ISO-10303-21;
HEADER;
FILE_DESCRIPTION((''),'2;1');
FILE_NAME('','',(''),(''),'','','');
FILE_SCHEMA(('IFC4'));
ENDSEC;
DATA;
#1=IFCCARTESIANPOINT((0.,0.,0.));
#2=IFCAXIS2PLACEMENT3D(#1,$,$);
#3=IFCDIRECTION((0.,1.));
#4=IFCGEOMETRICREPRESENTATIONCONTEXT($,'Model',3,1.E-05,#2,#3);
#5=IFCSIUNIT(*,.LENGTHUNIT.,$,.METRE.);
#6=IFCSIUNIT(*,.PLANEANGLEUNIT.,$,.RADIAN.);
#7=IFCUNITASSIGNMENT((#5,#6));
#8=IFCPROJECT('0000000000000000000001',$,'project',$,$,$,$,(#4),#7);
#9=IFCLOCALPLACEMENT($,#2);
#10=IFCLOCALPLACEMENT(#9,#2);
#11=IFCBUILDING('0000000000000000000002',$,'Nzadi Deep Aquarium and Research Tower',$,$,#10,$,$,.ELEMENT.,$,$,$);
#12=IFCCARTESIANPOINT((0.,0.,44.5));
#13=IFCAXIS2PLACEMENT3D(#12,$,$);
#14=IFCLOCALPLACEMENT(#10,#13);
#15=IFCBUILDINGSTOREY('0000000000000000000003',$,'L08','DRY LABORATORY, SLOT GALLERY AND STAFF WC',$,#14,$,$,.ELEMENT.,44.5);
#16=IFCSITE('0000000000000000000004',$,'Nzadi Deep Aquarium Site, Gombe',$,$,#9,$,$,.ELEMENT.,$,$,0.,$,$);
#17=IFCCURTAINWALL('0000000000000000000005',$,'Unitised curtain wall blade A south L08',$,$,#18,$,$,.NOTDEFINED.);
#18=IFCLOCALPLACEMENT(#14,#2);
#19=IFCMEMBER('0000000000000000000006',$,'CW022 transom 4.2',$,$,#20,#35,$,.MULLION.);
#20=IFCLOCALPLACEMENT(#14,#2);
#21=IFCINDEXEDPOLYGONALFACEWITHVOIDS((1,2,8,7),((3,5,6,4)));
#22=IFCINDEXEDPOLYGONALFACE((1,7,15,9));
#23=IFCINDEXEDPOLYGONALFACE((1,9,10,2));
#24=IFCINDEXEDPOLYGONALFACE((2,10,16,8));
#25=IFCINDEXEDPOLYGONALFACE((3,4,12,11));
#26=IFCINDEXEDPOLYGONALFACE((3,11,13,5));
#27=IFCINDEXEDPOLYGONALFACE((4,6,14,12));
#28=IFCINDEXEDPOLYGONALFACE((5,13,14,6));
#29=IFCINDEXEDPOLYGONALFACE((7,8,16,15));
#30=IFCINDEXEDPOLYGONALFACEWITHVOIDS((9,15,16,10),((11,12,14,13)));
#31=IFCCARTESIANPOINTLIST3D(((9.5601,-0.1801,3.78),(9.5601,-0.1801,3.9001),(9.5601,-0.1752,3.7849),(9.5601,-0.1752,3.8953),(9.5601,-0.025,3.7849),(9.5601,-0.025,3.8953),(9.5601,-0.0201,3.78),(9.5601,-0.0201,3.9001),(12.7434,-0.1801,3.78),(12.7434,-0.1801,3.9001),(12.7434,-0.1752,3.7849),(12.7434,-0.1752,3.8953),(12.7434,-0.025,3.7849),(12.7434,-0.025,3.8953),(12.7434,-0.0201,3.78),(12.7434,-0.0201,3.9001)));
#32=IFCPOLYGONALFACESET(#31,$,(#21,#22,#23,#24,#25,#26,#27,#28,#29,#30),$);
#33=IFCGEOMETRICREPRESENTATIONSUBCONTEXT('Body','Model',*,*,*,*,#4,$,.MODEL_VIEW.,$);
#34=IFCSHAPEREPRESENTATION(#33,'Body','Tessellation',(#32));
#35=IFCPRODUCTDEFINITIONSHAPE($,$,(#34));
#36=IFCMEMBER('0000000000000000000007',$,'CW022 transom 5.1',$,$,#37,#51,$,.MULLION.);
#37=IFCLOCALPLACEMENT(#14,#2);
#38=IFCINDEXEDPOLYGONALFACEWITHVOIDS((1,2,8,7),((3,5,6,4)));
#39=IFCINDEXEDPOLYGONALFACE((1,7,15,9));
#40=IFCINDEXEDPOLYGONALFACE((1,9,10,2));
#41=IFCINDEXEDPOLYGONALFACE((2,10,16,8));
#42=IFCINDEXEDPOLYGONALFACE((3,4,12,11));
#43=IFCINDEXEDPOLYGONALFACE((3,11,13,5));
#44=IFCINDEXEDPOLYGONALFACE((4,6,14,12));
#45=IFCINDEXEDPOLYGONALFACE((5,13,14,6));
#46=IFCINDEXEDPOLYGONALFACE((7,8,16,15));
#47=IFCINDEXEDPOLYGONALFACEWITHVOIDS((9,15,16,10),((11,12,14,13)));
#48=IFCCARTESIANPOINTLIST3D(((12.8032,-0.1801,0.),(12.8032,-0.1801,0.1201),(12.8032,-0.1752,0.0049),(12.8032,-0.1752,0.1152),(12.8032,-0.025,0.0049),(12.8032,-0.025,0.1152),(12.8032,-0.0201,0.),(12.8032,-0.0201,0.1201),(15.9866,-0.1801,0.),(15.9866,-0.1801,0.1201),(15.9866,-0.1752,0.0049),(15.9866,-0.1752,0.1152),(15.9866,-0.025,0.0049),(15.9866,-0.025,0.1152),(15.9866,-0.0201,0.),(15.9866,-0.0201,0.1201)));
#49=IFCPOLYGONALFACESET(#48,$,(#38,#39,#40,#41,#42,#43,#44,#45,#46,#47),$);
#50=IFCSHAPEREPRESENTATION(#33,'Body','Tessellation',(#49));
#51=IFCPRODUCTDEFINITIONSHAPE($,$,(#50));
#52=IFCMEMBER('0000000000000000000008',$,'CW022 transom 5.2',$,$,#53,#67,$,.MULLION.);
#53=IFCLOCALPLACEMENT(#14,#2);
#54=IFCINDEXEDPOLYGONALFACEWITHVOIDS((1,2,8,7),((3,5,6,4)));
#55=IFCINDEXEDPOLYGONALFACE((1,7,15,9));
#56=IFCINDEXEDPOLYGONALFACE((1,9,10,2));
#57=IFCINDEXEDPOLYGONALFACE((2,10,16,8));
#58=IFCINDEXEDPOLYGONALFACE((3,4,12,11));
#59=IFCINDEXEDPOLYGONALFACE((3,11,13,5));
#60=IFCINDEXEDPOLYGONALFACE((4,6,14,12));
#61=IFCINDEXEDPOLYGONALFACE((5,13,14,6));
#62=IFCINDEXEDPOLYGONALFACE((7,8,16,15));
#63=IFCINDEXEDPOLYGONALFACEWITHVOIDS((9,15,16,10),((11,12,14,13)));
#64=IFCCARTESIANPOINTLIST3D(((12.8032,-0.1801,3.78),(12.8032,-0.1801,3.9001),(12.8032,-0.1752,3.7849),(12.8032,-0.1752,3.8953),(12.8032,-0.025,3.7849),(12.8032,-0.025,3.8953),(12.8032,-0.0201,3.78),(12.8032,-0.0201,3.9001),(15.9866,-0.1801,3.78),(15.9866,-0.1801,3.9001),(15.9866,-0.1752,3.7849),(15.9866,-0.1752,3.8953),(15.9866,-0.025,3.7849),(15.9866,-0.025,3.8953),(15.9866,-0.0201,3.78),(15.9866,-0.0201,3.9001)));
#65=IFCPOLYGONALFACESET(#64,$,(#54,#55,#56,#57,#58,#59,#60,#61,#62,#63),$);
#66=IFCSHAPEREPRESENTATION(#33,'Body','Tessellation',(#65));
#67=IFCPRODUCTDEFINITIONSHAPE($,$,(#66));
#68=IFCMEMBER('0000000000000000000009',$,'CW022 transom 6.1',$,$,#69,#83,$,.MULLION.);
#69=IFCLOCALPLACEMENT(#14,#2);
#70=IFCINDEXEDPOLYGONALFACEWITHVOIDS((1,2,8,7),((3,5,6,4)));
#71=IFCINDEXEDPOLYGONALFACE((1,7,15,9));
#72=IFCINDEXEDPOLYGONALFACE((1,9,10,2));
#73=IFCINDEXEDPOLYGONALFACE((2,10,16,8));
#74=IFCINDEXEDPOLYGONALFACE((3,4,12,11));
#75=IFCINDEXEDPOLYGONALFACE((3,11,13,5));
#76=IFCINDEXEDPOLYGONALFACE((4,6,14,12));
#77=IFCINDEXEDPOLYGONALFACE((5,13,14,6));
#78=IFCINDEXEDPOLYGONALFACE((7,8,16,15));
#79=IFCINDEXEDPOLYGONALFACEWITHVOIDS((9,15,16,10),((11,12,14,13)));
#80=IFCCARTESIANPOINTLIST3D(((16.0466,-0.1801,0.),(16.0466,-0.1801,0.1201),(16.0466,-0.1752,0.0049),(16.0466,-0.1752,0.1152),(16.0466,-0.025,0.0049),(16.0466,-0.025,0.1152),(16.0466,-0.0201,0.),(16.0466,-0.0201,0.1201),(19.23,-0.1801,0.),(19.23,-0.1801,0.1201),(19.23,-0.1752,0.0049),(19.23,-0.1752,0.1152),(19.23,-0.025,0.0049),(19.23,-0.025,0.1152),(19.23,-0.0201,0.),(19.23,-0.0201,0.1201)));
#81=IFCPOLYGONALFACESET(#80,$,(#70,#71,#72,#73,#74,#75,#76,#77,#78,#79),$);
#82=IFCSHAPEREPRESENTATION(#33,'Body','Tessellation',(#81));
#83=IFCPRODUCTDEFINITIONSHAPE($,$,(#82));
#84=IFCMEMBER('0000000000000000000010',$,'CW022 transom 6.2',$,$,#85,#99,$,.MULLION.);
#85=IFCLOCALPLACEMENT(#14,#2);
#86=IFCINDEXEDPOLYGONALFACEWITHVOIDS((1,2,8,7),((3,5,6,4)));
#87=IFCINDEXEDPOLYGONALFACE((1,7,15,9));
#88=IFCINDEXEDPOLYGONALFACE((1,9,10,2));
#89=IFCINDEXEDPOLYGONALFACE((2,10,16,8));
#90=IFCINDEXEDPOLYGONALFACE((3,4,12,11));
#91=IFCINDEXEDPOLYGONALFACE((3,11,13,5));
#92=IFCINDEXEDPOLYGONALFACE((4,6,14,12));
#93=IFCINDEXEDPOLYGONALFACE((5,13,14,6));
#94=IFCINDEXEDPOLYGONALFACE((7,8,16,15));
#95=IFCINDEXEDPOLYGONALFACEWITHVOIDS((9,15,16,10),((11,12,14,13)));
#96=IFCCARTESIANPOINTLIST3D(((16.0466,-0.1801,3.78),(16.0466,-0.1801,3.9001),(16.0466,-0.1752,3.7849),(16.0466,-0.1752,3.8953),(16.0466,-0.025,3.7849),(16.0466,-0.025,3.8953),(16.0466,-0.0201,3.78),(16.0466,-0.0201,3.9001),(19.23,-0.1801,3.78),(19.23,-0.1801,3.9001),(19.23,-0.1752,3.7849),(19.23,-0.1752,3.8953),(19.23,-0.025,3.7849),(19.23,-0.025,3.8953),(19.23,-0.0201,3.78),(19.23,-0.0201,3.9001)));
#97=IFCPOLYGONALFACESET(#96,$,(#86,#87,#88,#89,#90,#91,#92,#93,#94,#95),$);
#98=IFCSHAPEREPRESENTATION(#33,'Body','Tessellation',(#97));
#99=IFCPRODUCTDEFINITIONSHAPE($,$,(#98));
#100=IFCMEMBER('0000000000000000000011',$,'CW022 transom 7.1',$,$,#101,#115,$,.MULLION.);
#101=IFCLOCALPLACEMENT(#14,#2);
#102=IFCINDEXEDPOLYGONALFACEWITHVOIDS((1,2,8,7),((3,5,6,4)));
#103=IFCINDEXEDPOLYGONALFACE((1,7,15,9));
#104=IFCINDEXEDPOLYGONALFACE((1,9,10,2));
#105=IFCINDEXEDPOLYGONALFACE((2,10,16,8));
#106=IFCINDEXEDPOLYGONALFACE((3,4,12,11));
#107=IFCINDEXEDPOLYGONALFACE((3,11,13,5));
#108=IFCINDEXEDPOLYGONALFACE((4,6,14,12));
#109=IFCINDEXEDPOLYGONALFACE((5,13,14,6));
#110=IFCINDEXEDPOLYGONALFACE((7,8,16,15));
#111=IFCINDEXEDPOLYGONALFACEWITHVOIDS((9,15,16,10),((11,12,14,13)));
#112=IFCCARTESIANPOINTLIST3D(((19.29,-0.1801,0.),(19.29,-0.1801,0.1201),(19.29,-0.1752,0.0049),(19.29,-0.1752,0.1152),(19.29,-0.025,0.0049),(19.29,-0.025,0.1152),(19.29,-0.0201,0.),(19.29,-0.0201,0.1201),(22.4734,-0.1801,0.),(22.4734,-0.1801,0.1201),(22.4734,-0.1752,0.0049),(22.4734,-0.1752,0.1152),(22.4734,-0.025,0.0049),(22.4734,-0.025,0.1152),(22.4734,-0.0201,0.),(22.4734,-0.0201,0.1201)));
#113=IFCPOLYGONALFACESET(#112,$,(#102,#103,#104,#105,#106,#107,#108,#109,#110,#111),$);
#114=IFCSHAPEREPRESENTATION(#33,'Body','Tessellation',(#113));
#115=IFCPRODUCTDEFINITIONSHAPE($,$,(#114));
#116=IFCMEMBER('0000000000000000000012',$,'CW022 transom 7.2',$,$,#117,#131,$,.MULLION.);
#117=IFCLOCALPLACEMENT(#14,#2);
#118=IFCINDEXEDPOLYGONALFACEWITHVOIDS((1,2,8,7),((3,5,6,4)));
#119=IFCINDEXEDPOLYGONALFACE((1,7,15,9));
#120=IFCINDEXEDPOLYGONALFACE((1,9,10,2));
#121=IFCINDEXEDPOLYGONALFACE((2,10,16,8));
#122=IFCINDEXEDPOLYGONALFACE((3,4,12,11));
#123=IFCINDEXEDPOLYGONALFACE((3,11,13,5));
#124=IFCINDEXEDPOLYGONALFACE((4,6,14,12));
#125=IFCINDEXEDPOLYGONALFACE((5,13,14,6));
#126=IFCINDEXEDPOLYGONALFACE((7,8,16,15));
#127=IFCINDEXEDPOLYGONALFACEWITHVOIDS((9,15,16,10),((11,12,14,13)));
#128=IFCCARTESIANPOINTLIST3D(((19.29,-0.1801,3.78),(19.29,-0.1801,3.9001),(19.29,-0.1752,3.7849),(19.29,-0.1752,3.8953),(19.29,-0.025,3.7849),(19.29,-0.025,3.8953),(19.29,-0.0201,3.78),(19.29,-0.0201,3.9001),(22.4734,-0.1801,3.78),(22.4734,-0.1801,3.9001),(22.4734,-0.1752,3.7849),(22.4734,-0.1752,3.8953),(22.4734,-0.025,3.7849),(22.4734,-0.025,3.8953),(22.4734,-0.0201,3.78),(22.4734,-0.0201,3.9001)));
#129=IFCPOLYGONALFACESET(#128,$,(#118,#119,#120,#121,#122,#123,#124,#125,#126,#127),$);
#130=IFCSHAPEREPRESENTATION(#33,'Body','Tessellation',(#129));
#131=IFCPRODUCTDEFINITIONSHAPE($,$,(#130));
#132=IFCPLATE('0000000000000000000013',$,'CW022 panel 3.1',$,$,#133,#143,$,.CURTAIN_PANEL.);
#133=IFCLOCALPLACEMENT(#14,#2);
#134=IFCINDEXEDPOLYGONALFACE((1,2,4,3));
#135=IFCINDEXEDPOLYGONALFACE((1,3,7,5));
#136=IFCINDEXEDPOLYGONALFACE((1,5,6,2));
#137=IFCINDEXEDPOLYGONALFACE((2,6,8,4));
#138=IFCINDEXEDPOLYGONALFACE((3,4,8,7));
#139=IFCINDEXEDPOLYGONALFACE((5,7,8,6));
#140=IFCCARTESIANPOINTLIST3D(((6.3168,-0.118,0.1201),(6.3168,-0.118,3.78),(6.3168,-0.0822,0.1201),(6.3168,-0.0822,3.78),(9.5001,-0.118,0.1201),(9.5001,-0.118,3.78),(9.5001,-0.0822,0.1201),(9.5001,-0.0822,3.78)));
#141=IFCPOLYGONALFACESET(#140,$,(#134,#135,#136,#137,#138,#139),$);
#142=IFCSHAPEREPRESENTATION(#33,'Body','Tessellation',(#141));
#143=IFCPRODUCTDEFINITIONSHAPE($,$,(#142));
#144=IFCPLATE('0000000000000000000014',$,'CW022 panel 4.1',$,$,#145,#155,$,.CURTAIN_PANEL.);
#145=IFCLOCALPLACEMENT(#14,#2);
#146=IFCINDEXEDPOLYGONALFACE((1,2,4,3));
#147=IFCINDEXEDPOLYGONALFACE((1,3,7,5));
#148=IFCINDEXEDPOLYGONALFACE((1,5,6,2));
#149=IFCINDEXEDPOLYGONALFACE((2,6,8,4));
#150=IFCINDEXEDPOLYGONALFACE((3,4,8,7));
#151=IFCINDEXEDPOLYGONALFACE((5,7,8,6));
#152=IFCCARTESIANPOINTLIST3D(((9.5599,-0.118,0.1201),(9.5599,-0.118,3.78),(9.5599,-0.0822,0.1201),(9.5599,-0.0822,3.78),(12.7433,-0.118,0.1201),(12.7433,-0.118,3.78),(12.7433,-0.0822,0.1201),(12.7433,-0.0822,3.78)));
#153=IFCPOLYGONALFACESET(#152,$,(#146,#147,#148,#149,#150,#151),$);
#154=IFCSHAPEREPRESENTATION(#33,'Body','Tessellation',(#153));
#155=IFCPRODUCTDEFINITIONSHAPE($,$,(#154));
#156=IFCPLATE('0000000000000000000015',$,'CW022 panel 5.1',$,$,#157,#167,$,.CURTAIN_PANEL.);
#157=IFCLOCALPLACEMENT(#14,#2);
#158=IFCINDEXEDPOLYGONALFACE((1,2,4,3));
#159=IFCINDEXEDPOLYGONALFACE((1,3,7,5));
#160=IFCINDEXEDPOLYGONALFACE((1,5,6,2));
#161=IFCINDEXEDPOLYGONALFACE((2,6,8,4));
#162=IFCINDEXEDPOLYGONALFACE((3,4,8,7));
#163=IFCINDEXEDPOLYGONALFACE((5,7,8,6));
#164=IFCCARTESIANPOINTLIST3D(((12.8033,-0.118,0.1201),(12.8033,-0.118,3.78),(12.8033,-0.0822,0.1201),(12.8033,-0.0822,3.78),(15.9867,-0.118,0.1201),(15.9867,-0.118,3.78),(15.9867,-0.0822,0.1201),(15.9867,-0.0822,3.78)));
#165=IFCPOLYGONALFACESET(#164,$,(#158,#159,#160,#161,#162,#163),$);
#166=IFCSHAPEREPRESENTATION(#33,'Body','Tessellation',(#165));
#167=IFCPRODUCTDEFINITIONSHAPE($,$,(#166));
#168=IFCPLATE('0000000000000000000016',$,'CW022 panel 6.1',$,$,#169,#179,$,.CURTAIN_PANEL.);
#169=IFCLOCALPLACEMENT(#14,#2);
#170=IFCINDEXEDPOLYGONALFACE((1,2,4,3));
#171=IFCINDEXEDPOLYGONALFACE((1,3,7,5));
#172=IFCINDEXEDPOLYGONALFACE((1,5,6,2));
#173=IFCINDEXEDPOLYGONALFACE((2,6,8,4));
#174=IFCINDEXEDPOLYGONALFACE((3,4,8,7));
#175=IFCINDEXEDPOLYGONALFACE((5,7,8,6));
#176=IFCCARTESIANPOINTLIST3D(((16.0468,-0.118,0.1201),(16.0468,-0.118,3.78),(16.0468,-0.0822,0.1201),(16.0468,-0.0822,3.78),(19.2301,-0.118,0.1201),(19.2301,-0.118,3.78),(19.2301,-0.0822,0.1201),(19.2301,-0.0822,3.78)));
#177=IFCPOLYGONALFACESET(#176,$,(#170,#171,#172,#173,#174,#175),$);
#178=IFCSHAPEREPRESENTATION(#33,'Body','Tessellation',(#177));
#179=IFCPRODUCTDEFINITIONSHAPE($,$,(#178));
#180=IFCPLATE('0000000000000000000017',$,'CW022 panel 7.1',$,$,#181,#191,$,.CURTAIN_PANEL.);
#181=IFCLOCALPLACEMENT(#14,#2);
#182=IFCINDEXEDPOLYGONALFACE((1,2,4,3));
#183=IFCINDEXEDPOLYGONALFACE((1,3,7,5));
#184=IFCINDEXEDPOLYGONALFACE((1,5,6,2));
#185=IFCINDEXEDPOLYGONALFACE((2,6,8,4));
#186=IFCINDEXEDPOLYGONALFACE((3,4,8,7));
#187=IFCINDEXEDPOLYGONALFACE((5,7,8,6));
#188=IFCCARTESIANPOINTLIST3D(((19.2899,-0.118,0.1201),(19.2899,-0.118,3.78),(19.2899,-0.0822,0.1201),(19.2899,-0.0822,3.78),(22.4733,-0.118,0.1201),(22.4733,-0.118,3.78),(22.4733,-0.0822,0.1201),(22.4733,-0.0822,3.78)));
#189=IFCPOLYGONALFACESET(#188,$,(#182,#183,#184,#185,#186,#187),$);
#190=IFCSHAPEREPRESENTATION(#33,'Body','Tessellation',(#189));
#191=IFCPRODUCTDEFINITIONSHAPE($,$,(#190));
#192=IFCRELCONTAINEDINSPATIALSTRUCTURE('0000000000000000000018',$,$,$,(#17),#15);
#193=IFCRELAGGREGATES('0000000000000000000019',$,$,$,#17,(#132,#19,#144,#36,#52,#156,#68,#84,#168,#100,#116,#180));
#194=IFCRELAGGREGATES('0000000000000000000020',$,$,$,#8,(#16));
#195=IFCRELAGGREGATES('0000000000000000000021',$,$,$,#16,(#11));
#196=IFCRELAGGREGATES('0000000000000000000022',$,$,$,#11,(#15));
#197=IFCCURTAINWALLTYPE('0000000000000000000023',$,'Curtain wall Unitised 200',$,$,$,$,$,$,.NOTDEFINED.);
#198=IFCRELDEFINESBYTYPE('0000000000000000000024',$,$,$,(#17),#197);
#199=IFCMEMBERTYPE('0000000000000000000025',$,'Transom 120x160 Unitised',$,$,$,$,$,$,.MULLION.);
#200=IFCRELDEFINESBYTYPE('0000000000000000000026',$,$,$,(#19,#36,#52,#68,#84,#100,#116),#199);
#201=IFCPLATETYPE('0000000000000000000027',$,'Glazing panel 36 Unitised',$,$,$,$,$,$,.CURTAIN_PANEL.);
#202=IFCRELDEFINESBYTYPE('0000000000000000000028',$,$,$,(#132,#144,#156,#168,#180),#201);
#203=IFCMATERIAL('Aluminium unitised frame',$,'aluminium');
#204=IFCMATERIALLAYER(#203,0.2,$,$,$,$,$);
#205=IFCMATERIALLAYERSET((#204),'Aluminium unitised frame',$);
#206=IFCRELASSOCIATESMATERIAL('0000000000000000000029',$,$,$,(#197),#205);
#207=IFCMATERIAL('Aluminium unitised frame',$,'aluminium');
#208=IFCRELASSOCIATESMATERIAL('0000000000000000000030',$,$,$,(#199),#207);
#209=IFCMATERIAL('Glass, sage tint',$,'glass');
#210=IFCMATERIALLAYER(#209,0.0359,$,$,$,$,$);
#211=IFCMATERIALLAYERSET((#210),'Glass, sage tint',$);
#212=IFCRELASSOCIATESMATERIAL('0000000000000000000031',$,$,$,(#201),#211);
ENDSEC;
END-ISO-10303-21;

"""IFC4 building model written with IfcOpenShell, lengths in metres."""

from ifc_helpers import new_model, si_unit, direction, frame, origin, origin_2d, place, context, subcontext, project, spatial, rectangle, hollow_rectangle, extrude, material, layer, layer_set, material_profile, profile_set, type_object, element, aggregate, save


model = new_model("IFC4")

# Units and contexts
model_context = context("Model", 3, precision=1e-05, world=origin(), true_north=direction((0.0, 1.0)))
body_context = subcontext(model_context, "Body", "Model", "MODEL_VIEW")
ifc_project = project(units=[si_unit("LENGTHUNIT", "METRE"), si_unit("PLANEANGLEUNIT", "RADIAN")], contexts=[model_context])

# Site, building, storey
site_placement = place(None, origin())
site = spatial("IfcSite", under=ifc_project, at=site_placement, Name="Nzadi Deep Aquarium Site, Gombe", CompositionType="ELEMENT", RefElevation=0.0)
building_placement = place(site_placement, origin())
building = spatial("IfcBuilding", under=site, at=building_placement, Name="Nzadi Deep Aquarium and Research Tower", CompositionType="ELEMENT")
storey_placement = place(building_placement, frame((0.0, 0.0, 44.5)))
storey = spatial("IfcBuildingStorey", under=building, at=storey_placement, Name="L08", Description="DRY LABORATORY, SLOT GALLERY AND STAFF WC", CompositionType="ELEMENT", Elevation=44.5)

# Curtain wall
ifc_material_1 = material(Name="Aluminium unitised frame", Category="aluminium")
ifc_layer_1 = layer(ifc_material_1, 0.2)
ifc_layer_set_1 = layer_set([ifc_layer_1], Name="Aluminium unitised frame")
curtain_wall_type = type_object("IfcCurtainWallType", Name="Curtain wall Unitised 200", PredefinedType="NOTDEFINED", material=ifc_layer_set_1)
curtain_wall_placement = place(storey_placement, origin())
curtain_wall = element("IfcCurtainWall", 1, at=curtain_wall_placement, inside=storey, type_object=curtain_wall_type, Name="Unitised curtain wall blade A south L08", PredefinedType="NOTDEFINED")

# Members
ifc_material_2 = material(Name="Aluminium unitised frame", Category="aluminium")
ifc_material_profile_1 = material_profile(ifc_material_2, hollow_rectangle(XDim=0.1599, YDim=0.1201, WallThickness=0.0049, at=origin_2d()))
ifc_profile_set_1 = profile_set([ifc_material_profile_1], Name="Aluminium unitised frame")
member_type_1 = type_object("IfcMemberType", Name="Transom 120x160 Unitised", PredefinedType="MULLION", material=ifc_profile_set_1)
member_1_placement = place(storey_placement, frame((9.5601, -0.1001, 3.8401), z_axis=(1.0, 0.0, 0.0), x_axis=(0.0, 1.0, 0.0)))
member_1 = element("IfcMember", 2, at=member_1_placement, type_object=member_type_1, Name="CW022 transom 4.2", PredefinedType="MULLION", context=body_context, shape_type="SweptSolid", body=[
    extrude(hollow_rectangle(XDim=0.1599, YDim=0.1201, WallThickness=0.0049, at=origin_2d()), origin(), (0.0, 0.0, 1.0), 3.1833),
])
member_2_placement = place(storey_placement, frame((12.8032, -0.1001, 0.0601), z_axis=(1.0, 0.0, 0.0), x_axis=(0.0, 1.0, 0.0)))
member_2 = element("IfcMember", 3, at=member_2_placement, type_object=member_type_1, Name="CW022 transom 5.1", PredefinedType="MULLION", context=body_context, shape_type="SweptSolid", body=[
    extrude(hollow_rectangle(XDim=0.1599, YDim=0.1201, WallThickness=0.0049, at=origin_2d()), origin(), (0.0, 0.0, 1.0), 3.1833),
])
member_3_placement = place(storey_placement, frame((12.8032, -0.1001, 3.8401), z_axis=(1.0, 0.0, 0.0), x_axis=(0.0, 1.0, 0.0)))
member_3 = element("IfcMember", 4, at=member_3_placement, type_object=member_type_1, Name="CW022 transom 5.2", PredefinedType="MULLION", context=body_context, shape_type="SweptSolid", body=[
    extrude(hollow_rectangle(XDim=0.1599, YDim=0.1201, WallThickness=0.0049, at=origin_2d()), origin(), (0.0, 0.0, 1.0), 3.1833),
])
member_4_placement = place(storey_placement, frame((16.0466, -0.1001, 0.0601), z_axis=(1.0, 0.0, 0.0), x_axis=(0.0, 1.0, 0.0)))
member_4 = element("IfcMember", 5, at=member_4_placement, type_object=member_type_1, Name="CW022 transom 6.1", PredefinedType="MULLION", context=body_context, shape_type="SweptSolid", body=[
    extrude(hollow_rectangle(XDim=0.1599, YDim=0.1201, WallThickness=0.0049, at=origin_2d()), origin(), (0.0, 0.0, 1.0), 3.1833),
])
member_5_placement = place(storey_placement, frame((16.0466, -0.1001, 3.8401), z_axis=(1.0, 0.0, 0.0), x_axis=(0.0, 1.0, 0.0)))
member_5 = element("IfcMember", 6, at=member_5_placement, type_object=member_type_1, Name="CW022 transom 6.2", PredefinedType="MULLION", context=body_context, shape_type="SweptSolid", body=[
    extrude(hollow_rectangle(XDim=0.1599, YDim=0.1201, WallThickness=0.0049, at=origin_2d()), origin(), (0.0, 0.0, 1.0), 3.1833),
])
member_6_placement = place(storey_placement, frame((19.29, -0.1001, 0.0601), z_axis=(1.0, 0.0, 0.0), x_axis=(0.0, 1.0, 0.0)))
member_6 = element("IfcMember", 7, at=member_6_placement, type_object=member_type_1, Name="CW022 transom 7.1", PredefinedType="MULLION", context=body_context, shape_type="SweptSolid", body=[
    extrude(hollow_rectangle(XDim=0.1599, YDim=0.1201, WallThickness=0.0049, at=origin_2d()), origin(), (0.0, 0.0, 1.0), 3.1833),
])
member_7_placement = place(storey_placement, frame((19.29, -0.1001, 3.8401), z_axis=(1.0, 0.0, 0.0), x_axis=(0.0, 1.0, 0.0)))
member_7 = element("IfcMember", 8, at=member_7_placement, type_object=member_type_1, Name="CW022 transom 7.2", PredefinedType="MULLION", context=body_context, shape_type="SweptSolid", body=[
    extrude(hollow_rectangle(XDim=0.1599, YDim=0.1201, WallThickness=0.0049, at=origin_2d()), origin(), (0.0, 0.0, 1.0), 3.1833),
])

# Plates
ifc_material_3 = material(Name="Glass, sage tint", Category="glass")
ifc_layer_2 = layer(ifc_material_3, 0.0359)
ifc_layer_set_2 = layer_set([ifc_layer_2], Name="Glass, sage tint")
plate_type = type_object("IfcPlateType", Name="Glazing panel 36 Unitised", PredefinedType="CURTAIN_PANEL", material=ifc_layer_set_2)
plate_1_placement = place(storey_placement, frame((7.9084, -0.1001, 0.1201), z_axis=(0.0, 0.0, 1.0), x_axis=(1.0, 0.0, 0.0)))
plate_1 = element("IfcPlate", 9, at=plate_1_placement, type_object=plate_type, Name="CW022 panel 3.1", PredefinedType="CURTAIN_PANEL", context=body_context, shape_type="SweptSolid", body=[
    extrude(rectangle(XDim=3.1833, YDim=0.0359, at=origin_2d()), origin(), (0.0, 0.0, 1.0), 3.6599),
])
plate_2_placement = place(storey_placement, frame((11.1516, -0.1001, 0.1201), z_axis=(0.0, 0.0, 1.0), x_axis=(1.0, 0.0, 0.0)))
plate_2 = element("IfcPlate", 10, at=plate_2_placement, type_object=plate_type, Name="CW022 panel 4.1", PredefinedType="CURTAIN_PANEL", context=body_context, shape_type="SweptSolid", body=[
    extrude(rectangle(XDim=3.1833, YDim=0.0359, at=origin_2d()), origin(), (0.0, 0.0, 1.0), 3.6599),
])
plate_3_placement = place(storey_placement, frame((14.395, -0.1001, 0.1201), z_axis=(0.0, 0.0, 1.0), x_axis=(1.0, 0.0, 0.0)))
plate_3 = element("IfcPlate", 11, at=plate_3_placement, type_object=plate_type, Name="CW022 panel 5.1", PredefinedType="CURTAIN_PANEL", context=body_context, shape_type="SweptSolid", body=[
    extrude(rectangle(XDim=3.1833, YDim=0.0359, at=origin_2d()), origin(), (0.0, 0.0, 1.0), 3.6599),
])
plate_4_placement = place(storey_placement, frame((17.6384, -0.1001, 0.1201), z_axis=(0.0, 0.0, 1.0), x_axis=(1.0, 0.0, 0.0)))
plate_4 = element("IfcPlate", 12, at=plate_4_placement, type_object=plate_type, Name="CW022 panel 6.1", PredefinedType="CURTAIN_PANEL", context=body_context, shape_type="SweptSolid", body=[
    extrude(rectangle(XDim=3.1833, YDim=0.0359, at=origin_2d()), origin(), (0.0, 0.0, 1.0), 3.6599),
])
plate_5_placement = place(storey_placement, frame((20.8816, -0.1001, 0.1201), z_axis=(0.0, 0.0, 1.0), x_axis=(1.0, 0.0, 0.0)))
plate_5 = element("IfcPlate", 13, at=plate_5_placement, type_object=plate_type, Name="CW022 panel 7.1", PredefinedType="CURTAIN_PANEL", context=body_context, shape_type="SweptSolid", body=[
    extrude(rectangle(XDim=3.1833, YDim=0.0359, at=origin_2d()), origin(), (0.0, 0.0, 1.0), 3.6599),
])
aggregate(curtain_wall, [plate_1, member_1, plate_2, member_2, member_3, plate_3, member_4, member_5, plate_4, member_6, member_7, plate_5])

save(model, "model.ifc")
